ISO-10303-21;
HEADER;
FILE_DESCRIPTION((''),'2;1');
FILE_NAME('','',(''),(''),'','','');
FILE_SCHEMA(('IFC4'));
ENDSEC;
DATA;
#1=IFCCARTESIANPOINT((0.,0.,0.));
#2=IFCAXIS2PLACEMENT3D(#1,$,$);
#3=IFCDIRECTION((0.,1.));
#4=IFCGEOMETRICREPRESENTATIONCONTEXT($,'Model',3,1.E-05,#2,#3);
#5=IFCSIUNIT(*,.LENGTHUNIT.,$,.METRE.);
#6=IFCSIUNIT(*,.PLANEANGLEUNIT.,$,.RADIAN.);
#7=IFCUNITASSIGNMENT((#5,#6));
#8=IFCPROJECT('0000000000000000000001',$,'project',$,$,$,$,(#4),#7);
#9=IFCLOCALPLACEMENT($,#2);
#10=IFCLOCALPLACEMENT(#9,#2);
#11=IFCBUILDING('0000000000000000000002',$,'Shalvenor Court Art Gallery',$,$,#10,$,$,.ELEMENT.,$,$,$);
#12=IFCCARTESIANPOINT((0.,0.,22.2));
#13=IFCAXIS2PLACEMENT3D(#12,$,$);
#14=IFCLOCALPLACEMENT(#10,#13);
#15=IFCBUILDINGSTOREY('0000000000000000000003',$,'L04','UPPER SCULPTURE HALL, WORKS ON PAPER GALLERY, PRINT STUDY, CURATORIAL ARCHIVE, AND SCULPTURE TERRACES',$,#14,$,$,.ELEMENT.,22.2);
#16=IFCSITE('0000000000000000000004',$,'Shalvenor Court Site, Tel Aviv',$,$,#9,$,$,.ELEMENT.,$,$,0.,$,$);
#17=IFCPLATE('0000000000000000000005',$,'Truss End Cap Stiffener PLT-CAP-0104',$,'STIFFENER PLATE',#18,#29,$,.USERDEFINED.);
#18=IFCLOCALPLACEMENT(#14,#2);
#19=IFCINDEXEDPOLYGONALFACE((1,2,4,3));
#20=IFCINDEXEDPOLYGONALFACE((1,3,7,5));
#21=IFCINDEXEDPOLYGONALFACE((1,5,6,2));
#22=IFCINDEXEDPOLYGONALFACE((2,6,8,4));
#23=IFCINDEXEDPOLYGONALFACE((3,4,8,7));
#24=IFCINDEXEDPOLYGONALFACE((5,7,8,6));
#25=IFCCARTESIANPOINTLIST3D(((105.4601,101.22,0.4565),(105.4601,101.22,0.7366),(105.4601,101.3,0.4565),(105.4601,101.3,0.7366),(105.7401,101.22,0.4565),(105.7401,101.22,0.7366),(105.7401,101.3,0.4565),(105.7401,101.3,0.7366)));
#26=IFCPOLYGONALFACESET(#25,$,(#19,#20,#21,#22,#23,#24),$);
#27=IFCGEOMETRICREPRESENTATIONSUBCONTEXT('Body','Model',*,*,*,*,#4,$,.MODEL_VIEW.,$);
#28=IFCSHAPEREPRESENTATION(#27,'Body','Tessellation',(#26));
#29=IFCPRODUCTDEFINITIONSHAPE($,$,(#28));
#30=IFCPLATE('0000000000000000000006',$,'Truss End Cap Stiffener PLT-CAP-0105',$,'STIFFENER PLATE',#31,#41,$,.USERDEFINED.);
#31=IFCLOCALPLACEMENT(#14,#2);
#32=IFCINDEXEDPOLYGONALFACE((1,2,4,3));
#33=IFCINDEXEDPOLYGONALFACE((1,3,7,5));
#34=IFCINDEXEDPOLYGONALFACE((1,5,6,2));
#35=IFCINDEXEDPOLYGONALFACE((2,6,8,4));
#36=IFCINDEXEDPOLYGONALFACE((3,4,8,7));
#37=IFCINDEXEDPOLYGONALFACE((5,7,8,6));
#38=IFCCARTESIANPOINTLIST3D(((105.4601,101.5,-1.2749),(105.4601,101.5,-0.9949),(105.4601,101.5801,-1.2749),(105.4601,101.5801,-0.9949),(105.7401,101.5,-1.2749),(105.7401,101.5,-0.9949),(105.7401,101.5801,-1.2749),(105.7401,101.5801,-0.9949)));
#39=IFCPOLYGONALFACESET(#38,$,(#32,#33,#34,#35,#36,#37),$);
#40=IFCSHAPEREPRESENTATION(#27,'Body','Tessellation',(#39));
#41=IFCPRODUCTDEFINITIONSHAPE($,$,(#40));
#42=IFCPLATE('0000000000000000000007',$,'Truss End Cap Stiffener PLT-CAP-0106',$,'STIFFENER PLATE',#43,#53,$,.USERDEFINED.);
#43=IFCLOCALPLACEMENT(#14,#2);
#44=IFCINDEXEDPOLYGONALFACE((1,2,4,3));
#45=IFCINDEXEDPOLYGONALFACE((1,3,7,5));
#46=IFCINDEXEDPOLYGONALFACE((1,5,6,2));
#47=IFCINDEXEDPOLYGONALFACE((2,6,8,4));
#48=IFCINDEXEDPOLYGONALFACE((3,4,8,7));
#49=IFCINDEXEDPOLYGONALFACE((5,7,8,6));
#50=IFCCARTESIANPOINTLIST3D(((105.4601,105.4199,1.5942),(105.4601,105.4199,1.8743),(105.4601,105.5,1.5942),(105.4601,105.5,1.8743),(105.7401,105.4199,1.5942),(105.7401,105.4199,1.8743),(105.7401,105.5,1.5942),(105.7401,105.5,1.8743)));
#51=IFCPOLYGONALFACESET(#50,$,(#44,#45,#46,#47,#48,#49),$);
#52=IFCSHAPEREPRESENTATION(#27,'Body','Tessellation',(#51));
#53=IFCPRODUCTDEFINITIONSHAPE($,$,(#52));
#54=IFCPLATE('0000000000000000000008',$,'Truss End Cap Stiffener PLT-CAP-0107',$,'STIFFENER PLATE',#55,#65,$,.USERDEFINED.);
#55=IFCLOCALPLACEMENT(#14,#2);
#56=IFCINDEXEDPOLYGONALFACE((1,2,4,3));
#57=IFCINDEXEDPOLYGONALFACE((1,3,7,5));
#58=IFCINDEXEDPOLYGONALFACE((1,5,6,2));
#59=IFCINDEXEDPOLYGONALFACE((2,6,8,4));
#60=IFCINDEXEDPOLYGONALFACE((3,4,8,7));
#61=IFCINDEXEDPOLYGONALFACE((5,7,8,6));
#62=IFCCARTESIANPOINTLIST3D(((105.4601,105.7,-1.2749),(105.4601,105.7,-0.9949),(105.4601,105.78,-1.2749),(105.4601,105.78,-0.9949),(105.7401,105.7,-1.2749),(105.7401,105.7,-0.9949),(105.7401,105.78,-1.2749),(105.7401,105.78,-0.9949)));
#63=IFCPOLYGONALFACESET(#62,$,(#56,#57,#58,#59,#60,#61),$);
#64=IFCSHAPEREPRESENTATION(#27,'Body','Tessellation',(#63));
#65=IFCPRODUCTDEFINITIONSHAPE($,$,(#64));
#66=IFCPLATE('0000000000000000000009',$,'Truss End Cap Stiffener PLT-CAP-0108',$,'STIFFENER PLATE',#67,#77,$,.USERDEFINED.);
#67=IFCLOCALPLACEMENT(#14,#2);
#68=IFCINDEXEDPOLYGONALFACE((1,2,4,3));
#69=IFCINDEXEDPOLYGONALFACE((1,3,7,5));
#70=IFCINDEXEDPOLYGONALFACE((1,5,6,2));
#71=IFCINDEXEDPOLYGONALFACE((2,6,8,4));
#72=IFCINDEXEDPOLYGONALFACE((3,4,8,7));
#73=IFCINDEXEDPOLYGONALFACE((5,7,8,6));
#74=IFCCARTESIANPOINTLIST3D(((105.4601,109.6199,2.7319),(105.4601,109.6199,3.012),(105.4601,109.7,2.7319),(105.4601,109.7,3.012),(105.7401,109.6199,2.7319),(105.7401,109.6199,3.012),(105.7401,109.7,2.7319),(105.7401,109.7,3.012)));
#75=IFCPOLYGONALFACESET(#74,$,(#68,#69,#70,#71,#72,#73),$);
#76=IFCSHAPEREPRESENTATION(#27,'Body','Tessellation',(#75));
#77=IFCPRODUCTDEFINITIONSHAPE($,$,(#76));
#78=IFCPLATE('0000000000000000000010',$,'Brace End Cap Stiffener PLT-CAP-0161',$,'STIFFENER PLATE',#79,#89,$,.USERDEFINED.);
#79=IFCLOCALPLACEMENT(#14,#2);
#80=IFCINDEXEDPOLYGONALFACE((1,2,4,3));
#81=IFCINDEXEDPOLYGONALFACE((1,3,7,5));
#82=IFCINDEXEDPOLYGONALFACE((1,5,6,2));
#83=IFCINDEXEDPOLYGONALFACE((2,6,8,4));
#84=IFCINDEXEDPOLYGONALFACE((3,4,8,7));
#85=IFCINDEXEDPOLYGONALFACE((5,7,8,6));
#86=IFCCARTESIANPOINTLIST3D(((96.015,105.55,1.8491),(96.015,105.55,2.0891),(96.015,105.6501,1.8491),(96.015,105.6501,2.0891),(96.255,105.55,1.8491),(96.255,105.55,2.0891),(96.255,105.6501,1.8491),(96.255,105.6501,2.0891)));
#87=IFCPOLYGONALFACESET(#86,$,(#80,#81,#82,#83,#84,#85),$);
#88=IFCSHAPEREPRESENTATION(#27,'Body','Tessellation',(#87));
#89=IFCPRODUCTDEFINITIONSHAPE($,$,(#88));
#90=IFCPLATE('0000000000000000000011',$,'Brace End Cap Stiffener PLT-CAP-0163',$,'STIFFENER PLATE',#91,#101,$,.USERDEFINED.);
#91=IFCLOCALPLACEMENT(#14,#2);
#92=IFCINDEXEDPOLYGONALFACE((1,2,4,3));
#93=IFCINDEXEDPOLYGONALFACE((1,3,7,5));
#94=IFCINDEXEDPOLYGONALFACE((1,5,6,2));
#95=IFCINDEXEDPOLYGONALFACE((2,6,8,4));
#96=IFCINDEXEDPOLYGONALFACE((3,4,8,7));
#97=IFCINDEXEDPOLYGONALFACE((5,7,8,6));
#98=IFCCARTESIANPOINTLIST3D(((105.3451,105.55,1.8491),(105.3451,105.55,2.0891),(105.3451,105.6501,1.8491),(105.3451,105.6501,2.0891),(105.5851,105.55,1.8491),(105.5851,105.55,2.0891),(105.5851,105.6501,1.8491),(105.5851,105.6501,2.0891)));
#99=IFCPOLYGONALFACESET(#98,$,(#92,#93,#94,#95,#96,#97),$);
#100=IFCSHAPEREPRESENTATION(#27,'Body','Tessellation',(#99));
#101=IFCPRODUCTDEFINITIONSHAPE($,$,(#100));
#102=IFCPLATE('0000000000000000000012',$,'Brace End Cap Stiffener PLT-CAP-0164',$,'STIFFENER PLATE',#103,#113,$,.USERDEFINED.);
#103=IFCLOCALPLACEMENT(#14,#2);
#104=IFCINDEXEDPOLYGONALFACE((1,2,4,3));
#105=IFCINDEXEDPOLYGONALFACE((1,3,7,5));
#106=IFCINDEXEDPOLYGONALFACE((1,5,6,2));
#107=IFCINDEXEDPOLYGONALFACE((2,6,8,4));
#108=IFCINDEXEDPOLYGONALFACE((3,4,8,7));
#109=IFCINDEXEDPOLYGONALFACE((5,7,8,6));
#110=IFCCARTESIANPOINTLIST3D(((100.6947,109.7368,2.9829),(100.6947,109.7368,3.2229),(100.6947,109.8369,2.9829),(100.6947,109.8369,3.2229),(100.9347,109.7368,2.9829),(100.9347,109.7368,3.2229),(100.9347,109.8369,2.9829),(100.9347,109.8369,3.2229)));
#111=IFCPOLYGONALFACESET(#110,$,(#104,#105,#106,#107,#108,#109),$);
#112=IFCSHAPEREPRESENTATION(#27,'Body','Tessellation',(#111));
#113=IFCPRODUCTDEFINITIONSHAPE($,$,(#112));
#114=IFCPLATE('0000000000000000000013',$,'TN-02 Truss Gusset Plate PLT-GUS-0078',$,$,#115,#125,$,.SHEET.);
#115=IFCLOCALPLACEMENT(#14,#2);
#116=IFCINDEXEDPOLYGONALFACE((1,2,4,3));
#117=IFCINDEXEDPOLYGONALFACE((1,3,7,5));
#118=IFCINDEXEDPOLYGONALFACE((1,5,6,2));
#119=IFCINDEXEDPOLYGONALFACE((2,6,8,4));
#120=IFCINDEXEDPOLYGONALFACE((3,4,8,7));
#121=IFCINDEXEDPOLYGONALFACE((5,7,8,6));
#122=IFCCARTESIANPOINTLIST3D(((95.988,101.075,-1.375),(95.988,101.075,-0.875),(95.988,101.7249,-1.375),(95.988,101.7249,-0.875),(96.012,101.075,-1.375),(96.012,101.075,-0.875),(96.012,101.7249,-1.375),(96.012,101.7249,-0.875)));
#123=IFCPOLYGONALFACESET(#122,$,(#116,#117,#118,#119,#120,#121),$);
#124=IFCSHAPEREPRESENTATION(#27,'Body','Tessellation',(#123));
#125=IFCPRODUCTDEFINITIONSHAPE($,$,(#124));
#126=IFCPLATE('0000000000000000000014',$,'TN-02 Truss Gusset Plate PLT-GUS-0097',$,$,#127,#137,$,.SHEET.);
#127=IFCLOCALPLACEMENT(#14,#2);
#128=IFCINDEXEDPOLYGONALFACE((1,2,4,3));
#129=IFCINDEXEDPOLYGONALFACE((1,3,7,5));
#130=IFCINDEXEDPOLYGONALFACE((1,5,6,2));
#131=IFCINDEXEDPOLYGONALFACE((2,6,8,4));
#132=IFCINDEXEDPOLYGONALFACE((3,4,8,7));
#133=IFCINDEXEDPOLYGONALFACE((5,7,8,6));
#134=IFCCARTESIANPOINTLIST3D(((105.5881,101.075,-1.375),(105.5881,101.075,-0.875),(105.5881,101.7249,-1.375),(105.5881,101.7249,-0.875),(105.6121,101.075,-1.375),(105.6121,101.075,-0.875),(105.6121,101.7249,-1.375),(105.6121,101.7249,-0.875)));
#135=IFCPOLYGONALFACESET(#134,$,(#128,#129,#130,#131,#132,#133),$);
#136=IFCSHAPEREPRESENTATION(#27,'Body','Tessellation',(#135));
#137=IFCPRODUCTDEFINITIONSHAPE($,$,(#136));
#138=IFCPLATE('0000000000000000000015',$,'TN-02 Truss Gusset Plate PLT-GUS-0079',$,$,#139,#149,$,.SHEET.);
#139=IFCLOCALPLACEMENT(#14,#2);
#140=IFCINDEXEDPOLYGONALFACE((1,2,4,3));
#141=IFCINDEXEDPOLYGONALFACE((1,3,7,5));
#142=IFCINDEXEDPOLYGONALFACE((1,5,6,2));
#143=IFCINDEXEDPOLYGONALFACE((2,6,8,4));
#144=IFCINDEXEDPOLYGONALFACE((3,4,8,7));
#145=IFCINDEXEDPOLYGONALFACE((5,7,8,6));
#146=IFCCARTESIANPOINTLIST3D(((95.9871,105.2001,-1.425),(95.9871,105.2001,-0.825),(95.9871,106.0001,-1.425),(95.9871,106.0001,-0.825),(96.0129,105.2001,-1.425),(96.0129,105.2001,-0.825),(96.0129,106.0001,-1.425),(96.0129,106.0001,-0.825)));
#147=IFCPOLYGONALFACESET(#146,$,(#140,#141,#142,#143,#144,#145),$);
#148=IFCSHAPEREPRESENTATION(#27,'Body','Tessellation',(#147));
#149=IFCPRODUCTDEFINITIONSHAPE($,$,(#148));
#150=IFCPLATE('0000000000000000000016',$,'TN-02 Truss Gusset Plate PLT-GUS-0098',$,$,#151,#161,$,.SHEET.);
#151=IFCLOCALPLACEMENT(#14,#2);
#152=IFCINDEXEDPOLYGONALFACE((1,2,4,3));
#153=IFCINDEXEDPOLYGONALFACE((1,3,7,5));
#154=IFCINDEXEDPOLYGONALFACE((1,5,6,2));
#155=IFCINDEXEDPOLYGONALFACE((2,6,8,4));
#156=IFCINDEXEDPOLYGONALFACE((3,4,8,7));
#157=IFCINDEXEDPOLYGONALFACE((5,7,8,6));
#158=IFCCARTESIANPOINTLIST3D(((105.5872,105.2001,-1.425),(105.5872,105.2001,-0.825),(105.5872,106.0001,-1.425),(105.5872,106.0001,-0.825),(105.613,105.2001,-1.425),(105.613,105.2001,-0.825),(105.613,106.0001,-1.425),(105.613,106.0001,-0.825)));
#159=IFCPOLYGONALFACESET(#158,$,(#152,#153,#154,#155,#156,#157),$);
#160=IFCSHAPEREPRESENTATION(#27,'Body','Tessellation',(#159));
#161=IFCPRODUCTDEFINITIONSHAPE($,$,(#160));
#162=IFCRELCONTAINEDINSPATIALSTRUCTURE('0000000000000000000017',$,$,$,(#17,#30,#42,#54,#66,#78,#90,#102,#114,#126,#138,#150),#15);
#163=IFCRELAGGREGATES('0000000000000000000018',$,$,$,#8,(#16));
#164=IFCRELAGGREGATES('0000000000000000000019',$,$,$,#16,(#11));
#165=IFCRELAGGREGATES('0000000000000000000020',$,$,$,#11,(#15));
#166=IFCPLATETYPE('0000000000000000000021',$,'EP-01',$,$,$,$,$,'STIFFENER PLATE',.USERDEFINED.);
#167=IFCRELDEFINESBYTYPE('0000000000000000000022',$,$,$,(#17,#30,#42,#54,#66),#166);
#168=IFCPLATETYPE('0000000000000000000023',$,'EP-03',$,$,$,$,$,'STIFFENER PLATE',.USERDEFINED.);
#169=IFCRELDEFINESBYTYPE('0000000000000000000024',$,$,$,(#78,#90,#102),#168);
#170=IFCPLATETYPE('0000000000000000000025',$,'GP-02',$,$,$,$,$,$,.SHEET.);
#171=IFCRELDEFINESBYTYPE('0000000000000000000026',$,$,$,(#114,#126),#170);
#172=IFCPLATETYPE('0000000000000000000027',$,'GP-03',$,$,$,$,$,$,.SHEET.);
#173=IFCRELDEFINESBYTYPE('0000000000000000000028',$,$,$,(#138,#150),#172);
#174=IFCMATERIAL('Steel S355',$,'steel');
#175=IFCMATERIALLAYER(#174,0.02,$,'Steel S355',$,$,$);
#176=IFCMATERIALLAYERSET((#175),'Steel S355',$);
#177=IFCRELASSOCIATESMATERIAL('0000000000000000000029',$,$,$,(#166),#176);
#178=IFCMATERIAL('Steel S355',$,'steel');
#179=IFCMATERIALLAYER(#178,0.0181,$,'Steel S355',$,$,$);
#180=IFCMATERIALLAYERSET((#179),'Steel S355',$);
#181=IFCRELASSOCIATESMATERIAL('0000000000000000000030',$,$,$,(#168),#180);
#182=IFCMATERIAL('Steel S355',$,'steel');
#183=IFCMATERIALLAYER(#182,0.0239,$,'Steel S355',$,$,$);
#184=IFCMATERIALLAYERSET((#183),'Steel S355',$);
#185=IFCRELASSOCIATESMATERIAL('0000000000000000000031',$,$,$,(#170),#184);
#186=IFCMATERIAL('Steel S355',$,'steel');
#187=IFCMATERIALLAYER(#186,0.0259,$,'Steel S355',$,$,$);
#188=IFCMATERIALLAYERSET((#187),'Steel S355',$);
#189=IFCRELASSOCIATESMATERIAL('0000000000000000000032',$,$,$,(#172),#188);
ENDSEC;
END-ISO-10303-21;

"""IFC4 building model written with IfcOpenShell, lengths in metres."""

from ifc_helpers import new_model, si_unit, direction, frame, origin, origin_2d, place, context, subcontext, project, spatial, rectangle, extrude, material, layer, layer_set, type_object, element, save


model = new_model("IFC4")

# Units and contexts
model_context = context("Model", 3, precision=1e-05, world=origin(), true_north=direction((0.0, 1.0)))
body_context = subcontext(model_context, "Body", "Model", "MODEL_VIEW")
ifc_project = project(units=[si_unit("LENGTHUNIT", "METRE"), si_unit("PLANEANGLEUNIT", "RADIAN")], contexts=[model_context])

# Site, building, storey
site_placement = place(None, origin())
site = spatial("IfcSite", under=ifc_project, at=site_placement, Name="Shalvenor Court Site, Tel Aviv", CompositionType="ELEMENT", RefElevation=0.0)
building_placement = place(site_placement, origin())
building = spatial("IfcBuilding", under=site, at=building_placement, Name="Shalvenor Court Art Gallery", CompositionType="ELEMENT")
storey_placement = place(building_placement, frame((0.0, 0.0, 22.2)))
storey = spatial("IfcBuildingStorey", under=building, at=storey_placement, Name="L04", Description="UPPER SCULPTURE HALL, WORKS ON PAPER GALLERY, PRINT STUDY, CURATORIAL ARCHIVE, AND SCULPTURE TERRACES", CompositionType="ELEMENT", Elevation=22.2)

# Plates
ifc_material_1 = material(Name="Steel S355", Category="steel")
ifc_layer_1 = layer(ifc_material_1, 0.02, Name="Steel S355")
ifc_layer_set_1 = layer_set([ifc_layer_1], Name="Steel S355")
plate_type_1 = type_object("IfcPlateType", Name="EP-01", ElementType="STIFFENER PLATE", PredefinedType="USERDEFINED", material=ifc_layer_set_1)
for number, where, z_axis, x_axis, name in (
    (1, (105.6001, 101.26, 0.4565), (0.0, 0.0, 1.0), (1.0, 0.0, 0.0), "Truss End Cap Stiffener PLT-CAP-0104"),
    (2, (105.6001, 101.54, -1.2749), (0.0, 0.0, 1.0), (1.0, 0.0, 0.0), "Truss End Cap Stiffener PLT-CAP-0105"),
    (3, (105.6001, 105.46, 1.5942), (0.0, 0.0, 1.0), (1.0, 0.0, 0.0), "Truss End Cap Stiffener PLT-CAP-0106"),
    (4, (105.6001, 105.74, -1.2749), (0.0, 0.0, 1.0), (1.0, 0.0, 0.0), "Truss End Cap Stiffener PLT-CAP-0107"),
    (5, (105.6001, 109.6599, 2.7319), (0.0, 0.0, 1.0), (1.0, 0.0, 0.0), "Truss End Cap Stiffener PLT-CAP-0108"),
):
    element("IfcPlate", number, at=place(storey_placement, frame(where, z_axis=z_axis, x_axis=x_axis)), inside=storey, type_object=plate_type_1, Name=name, ObjectType="STIFFENER PLATE", PredefinedType="USERDEFINED", context=body_context, shape_type="SweptSolid", body=[
        extrude(rectangle(XDim=0.28, YDim=0.0801, at=origin_2d()), origin(), (0.0, 0.0, 1.0), 0.28),
    ])
ifc_material_2 = material(Name="Steel S355", Category="steel")
ifc_layer_2 = layer(ifc_material_2, 0.0181, Name="Steel S355")
ifc_layer_set_2 = layer_set([ifc_layer_2], Name="Steel S355")
plate_type_2 = type_object("IfcPlateType", Name="EP-03", ElementType="STIFFENER PLATE", PredefinedType="USERDEFINED", material=ifc_layer_set_2)
for number, where, z_axis, x_axis, name in (
    (6, (96.135, 105.6001, 1.8491), (0.0, 0.0, 1.0), (1.0, 0.0, 0.0), "Brace End Cap Stiffener PLT-CAP-0161"),
    (7, (105.4651, 105.6001, 1.8491), (0.0, 0.0, 1.0), (1.0, 0.0, 0.0), "Brace End Cap Stiffener PLT-CAP-0163"),
    (8, (100.8147, 109.7869, 2.9829), (0.0, 0.0, 1.0), (1.0, 0.0, 0.0), "Brace End Cap Stiffener PLT-CAP-0164"),
):
    element("IfcPlate", number, at=place(storey_placement, frame(where, z_axis=z_axis, x_axis=x_axis)), inside=storey, type_object=plate_type_2, Name=name, ObjectType="STIFFENER PLATE", PredefinedType="USERDEFINED", context=body_context, shape_type="SweptSolid", body=[
        extrude(rectangle(XDim=0.24, YDim=0.1001, at=origin_2d()), origin(), (0.0, 0.0, 1.0), 0.24),
    ])
ifc_material_3 = material(Name="Steel S355", Category="steel")
ifc_layer_3 = layer(ifc_material_3, 0.0239, Name="Steel S355")
ifc_layer_set_3 = layer_set([ifc_layer_3], Name="Steel S355")
plate_type_3 = type_object("IfcPlateType", Name="GP-02", PredefinedType="SHEET", material=ifc_layer_set_3)
for number, where, z_axis, x_axis, name in (
    (9, (96.0, 101.3999, -1.375), (0.0, 0.0, 1.0), (0.0, 1.0, 0.0), "TN-02 Truss Gusset Plate PLT-GUS-0078"),
    (10, (105.6001, 101.3999, -1.375), (0.0, 0.0, 1.0), (0.0, 1.0, 0.0), "TN-02 Truss Gusset Plate PLT-GUS-0097"),
):
    element("IfcPlate", number, at=place(storey_placement, frame(where, z_axis=z_axis, x_axis=x_axis)), inside=storey, type_object=plate_type_3, Name=name, PredefinedType="SHEET", context=body_context, shape_type="SweptSolid", body=[
        extrude(rectangle(XDim=0.6499, YDim=0.0239, at=origin_2d()), origin(), (0.0, 0.0, 1.0), 0.5),
    ])
ifc_material_4 = material(Name="Steel S355", Category="steel")
ifc_layer_4 = layer(ifc_material_4, 0.0259, Name="Steel S355")
ifc_layer_set_4 = layer_set([ifc_layer_4], Name="Steel S355")
plate_type_4 = type_object("IfcPlateType", Name="GP-03", PredefinedType="SHEET", material=ifc_layer_set_4)
for number, where, z_axis, x_axis, name in (
    (11, (96.0, 105.6001, -1.425), (0.0, 0.0, 1.0), (0.0, 1.0, 0.0), "TN-02 Truss Gusset Plate PLT-GUS-0079"),
    (12, (105.6001, 105.6001, -1.425), (0.0, 0.0, 1.0), (0.0, 1.0, 0.0), "TN-02 Truss Gusset Plate PLT-GUS-0098"),
):
    element("IfcPlate", number, at=place(storey_placement, frame(where, z_axis=z_axis, x_axis=x_axis)), inside=storey, type_object=plate_type_4, Name=name, PredefinedType="SHEET", context=body_context, shape_type="SweptSolid", body=[
        extrude(rectangle(XDim=0.8, YDim=0.0259, at=origin_2d()), origin(), (0.0, 0.0, 1.0), 0.6001),
    ])

save(model, "model.ifc")
